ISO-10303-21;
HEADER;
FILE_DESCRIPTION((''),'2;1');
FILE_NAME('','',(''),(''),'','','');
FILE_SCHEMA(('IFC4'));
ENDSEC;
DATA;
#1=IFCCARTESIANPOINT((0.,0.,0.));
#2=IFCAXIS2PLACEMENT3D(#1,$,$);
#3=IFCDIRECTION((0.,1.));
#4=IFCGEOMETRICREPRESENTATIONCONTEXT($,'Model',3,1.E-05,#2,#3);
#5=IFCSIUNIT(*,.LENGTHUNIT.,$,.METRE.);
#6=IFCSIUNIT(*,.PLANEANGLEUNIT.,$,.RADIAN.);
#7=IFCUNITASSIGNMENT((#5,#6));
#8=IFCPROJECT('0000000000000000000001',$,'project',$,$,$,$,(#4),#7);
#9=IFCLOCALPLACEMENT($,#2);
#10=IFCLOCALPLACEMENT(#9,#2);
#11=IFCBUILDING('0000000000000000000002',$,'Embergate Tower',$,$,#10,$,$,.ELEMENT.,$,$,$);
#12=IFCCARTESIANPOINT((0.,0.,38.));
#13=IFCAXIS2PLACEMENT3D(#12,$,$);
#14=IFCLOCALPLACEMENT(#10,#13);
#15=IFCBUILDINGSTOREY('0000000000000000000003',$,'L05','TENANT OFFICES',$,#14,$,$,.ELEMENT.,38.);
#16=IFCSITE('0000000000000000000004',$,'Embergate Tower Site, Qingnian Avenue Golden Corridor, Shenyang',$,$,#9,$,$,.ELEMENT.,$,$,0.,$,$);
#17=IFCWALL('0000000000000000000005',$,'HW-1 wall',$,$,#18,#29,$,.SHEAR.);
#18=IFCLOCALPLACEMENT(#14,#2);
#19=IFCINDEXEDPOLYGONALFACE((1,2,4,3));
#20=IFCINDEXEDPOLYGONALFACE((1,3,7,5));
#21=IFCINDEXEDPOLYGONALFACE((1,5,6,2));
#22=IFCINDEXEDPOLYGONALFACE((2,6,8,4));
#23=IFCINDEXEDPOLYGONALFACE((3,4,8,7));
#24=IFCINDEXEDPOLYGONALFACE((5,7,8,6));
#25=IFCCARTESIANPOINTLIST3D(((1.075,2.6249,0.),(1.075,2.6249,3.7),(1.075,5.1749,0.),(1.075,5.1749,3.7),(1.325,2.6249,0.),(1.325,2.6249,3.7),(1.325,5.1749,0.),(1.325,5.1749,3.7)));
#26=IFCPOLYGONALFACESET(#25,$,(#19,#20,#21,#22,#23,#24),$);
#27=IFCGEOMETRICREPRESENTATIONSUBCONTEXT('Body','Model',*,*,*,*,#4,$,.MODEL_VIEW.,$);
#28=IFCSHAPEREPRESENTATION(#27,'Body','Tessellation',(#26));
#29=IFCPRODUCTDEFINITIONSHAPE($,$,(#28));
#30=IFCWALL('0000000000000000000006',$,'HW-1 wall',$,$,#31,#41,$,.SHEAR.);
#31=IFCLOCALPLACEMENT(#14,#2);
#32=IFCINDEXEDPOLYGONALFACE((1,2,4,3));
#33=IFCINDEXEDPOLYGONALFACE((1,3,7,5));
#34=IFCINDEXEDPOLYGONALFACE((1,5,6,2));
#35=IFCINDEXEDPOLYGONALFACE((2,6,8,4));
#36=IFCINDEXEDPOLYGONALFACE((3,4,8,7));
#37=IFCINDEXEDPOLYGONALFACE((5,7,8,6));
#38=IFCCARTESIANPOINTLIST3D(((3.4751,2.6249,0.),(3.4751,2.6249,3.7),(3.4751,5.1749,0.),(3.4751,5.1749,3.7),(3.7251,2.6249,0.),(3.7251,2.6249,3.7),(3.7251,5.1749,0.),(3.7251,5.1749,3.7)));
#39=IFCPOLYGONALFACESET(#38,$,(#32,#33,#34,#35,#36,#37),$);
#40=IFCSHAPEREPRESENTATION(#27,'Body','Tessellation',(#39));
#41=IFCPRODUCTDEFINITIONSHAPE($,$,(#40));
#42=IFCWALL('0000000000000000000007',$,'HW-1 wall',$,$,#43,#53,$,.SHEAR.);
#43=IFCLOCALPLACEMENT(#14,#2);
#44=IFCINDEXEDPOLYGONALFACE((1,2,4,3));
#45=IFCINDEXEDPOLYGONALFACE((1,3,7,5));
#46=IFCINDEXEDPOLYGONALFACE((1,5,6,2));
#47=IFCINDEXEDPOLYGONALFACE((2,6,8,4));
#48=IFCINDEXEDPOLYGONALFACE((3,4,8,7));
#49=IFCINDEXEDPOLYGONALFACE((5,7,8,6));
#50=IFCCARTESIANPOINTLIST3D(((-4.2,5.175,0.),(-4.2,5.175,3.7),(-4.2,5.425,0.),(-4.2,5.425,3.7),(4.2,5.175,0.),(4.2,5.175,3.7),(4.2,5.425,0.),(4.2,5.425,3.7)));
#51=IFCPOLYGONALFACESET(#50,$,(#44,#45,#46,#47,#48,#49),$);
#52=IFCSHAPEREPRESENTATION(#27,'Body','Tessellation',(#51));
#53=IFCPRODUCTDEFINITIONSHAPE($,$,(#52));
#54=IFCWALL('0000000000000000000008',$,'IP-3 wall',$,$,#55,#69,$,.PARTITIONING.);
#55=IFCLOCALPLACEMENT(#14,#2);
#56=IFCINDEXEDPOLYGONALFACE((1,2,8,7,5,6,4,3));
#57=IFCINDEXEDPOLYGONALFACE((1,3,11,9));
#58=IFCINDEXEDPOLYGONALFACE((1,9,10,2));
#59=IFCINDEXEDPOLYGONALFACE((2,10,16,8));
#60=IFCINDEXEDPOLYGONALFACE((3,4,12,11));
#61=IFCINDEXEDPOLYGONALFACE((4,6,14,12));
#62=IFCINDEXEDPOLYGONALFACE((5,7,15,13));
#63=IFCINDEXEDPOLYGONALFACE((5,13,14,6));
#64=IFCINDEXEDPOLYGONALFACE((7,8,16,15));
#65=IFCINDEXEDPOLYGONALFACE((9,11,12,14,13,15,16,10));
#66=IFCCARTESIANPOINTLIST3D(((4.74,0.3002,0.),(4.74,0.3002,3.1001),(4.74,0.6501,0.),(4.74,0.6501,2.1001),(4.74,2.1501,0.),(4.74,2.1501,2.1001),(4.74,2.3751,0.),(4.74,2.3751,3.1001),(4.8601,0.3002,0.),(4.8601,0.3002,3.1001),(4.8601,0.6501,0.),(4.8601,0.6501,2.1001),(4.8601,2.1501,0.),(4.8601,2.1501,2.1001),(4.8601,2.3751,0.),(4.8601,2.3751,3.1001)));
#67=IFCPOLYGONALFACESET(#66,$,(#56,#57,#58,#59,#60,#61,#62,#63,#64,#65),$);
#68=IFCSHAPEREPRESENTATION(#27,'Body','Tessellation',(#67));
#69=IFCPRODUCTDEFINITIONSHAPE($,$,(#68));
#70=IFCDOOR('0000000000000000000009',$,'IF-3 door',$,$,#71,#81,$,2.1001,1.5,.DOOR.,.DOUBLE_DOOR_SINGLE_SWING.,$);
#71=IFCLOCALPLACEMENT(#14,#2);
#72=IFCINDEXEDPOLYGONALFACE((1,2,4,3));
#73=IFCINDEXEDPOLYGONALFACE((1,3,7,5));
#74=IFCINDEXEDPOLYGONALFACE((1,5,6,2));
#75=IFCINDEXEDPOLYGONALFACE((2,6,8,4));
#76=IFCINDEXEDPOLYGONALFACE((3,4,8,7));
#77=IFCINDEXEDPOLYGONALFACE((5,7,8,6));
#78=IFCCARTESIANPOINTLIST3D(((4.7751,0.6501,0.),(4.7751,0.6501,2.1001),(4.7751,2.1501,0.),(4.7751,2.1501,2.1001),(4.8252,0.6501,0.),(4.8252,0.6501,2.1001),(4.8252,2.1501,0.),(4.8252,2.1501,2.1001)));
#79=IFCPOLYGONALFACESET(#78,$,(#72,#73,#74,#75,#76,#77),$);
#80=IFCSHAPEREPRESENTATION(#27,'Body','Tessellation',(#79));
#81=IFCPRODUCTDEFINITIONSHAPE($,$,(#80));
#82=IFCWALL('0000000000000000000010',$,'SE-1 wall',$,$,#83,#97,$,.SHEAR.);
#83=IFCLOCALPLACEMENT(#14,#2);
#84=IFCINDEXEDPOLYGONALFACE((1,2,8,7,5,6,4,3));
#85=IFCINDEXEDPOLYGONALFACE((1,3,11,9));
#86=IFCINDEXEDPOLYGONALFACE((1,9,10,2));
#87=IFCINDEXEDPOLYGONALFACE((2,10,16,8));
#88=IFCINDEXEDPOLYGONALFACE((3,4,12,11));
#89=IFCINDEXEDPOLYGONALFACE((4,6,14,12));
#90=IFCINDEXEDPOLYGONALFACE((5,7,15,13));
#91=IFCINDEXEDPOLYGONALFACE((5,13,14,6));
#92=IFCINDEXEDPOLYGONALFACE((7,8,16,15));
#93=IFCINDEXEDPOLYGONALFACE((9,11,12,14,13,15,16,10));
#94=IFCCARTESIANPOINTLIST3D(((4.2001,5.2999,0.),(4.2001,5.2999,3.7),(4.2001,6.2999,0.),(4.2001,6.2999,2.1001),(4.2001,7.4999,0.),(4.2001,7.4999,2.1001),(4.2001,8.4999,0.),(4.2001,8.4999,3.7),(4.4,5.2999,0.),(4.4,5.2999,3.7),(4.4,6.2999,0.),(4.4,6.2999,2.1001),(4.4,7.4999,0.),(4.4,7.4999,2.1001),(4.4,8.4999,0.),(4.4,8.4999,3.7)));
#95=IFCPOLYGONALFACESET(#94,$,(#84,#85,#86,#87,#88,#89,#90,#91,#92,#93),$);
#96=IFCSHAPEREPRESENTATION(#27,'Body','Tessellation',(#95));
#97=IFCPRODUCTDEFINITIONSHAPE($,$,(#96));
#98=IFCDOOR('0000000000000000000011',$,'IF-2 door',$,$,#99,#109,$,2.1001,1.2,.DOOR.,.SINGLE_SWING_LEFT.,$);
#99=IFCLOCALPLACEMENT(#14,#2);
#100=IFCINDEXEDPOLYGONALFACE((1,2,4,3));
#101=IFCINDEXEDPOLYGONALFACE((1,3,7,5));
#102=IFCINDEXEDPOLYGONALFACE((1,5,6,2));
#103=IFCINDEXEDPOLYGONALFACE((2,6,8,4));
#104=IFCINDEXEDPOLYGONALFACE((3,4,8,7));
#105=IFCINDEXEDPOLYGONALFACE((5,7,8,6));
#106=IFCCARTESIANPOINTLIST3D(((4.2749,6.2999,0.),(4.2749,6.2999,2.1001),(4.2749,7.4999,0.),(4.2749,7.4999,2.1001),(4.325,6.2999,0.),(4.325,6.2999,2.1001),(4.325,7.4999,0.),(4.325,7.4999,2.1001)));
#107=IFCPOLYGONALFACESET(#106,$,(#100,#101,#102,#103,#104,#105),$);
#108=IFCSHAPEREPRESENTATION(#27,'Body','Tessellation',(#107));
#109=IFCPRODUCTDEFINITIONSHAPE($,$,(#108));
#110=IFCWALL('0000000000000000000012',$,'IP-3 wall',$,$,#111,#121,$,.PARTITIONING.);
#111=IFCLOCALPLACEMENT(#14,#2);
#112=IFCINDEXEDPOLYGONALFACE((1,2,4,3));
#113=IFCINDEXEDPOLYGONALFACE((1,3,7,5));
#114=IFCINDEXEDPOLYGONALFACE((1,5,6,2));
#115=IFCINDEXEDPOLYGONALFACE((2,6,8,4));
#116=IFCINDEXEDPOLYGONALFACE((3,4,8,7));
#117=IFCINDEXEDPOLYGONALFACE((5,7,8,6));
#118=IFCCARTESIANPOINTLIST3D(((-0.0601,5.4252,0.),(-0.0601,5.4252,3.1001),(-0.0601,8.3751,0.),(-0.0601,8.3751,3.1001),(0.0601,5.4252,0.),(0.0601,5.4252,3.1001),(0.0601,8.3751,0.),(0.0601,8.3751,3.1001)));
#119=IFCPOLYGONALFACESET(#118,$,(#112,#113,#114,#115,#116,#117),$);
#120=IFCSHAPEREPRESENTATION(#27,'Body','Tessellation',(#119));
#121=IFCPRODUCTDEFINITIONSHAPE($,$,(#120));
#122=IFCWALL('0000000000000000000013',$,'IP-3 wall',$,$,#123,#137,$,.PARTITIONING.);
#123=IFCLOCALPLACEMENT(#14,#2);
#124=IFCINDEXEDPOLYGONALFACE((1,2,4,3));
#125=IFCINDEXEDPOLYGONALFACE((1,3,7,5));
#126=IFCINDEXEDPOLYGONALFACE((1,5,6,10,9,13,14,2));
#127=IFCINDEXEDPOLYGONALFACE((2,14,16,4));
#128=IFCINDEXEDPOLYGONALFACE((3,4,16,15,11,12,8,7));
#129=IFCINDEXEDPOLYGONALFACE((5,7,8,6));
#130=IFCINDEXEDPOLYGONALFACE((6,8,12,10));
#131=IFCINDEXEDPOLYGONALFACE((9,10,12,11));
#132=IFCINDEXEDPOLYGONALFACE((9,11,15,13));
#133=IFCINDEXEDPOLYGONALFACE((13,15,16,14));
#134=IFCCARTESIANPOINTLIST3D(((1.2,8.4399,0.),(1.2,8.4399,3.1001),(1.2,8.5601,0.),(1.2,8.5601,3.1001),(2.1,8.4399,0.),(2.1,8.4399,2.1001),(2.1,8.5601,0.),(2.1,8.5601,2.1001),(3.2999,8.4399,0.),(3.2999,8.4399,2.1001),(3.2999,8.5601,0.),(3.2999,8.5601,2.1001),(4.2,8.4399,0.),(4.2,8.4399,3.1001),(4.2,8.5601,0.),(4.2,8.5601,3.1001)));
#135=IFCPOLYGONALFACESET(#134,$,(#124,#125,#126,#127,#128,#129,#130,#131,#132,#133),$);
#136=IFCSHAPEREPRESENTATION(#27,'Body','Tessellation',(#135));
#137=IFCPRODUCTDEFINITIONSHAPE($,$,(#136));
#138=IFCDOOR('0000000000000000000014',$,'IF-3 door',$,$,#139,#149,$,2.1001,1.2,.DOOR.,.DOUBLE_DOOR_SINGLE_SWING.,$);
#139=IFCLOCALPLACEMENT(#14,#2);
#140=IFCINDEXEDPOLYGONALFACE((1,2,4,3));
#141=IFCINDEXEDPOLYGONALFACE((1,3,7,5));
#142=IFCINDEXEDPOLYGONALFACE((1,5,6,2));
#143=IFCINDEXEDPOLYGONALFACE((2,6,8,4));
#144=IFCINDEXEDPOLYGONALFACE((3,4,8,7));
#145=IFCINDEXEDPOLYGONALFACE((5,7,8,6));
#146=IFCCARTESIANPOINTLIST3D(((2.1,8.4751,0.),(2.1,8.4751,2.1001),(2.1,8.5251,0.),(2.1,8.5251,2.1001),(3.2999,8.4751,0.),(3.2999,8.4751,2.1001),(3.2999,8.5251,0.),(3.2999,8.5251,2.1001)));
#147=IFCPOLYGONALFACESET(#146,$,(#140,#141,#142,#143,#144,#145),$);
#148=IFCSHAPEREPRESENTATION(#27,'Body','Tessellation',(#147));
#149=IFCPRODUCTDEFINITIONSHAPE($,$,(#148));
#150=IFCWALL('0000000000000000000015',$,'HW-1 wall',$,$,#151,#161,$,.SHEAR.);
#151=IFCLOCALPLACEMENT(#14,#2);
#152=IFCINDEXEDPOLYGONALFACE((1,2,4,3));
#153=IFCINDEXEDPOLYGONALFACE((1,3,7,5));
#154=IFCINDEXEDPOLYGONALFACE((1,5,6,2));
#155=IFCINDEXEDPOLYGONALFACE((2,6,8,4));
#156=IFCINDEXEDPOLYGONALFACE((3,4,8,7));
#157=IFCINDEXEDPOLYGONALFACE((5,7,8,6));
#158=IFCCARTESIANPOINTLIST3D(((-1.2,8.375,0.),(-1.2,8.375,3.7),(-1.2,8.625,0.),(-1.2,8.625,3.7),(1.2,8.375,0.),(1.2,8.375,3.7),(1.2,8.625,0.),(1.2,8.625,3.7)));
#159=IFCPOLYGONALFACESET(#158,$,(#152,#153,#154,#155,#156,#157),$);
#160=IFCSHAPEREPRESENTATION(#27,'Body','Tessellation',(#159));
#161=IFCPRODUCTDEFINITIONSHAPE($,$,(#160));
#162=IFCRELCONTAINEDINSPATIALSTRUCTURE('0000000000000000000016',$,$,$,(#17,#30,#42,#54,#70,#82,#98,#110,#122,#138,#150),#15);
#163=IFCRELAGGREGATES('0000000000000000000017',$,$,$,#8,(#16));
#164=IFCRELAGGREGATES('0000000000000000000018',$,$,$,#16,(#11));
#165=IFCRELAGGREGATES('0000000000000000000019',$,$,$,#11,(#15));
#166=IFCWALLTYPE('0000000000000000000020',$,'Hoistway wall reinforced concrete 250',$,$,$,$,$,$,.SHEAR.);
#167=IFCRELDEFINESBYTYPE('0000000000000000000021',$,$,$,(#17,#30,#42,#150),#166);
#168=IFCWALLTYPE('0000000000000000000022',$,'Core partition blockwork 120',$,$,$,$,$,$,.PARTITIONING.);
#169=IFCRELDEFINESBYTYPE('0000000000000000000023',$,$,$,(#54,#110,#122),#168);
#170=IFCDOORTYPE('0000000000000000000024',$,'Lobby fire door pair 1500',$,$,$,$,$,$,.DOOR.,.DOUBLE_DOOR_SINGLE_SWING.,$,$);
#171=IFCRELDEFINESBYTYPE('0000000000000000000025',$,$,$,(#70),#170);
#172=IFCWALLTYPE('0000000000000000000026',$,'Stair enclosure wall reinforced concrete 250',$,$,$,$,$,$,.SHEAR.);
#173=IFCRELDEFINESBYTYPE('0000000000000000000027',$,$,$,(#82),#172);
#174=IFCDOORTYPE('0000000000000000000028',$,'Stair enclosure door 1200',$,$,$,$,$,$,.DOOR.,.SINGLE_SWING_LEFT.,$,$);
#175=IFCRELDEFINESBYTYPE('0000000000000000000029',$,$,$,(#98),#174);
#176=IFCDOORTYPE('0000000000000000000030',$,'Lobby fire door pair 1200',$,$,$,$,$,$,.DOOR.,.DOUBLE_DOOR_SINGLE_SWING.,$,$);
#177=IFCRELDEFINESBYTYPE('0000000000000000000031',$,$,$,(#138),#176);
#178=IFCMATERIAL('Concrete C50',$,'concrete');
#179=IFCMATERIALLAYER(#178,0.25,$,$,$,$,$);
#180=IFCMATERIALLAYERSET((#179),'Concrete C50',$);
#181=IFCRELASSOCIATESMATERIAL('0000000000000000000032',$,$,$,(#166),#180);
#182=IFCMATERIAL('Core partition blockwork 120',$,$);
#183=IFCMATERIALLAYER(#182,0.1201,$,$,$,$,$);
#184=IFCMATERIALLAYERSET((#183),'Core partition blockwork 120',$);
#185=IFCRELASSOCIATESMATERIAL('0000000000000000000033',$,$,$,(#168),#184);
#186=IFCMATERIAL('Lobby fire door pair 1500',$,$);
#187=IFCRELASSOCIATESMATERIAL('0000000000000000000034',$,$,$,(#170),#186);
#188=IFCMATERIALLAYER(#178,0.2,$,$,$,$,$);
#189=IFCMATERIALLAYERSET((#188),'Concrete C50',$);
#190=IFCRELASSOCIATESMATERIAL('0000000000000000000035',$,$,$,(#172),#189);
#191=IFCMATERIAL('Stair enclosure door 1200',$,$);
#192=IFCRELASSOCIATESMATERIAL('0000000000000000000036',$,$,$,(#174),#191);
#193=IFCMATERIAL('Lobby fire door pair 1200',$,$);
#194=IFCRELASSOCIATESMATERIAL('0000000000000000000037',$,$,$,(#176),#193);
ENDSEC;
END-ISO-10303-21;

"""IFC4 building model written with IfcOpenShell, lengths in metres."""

from ifc_helpers import new_model, si_unit, direction, frame, frame_2d, origin, place, context, subcontext, project, spatial, rectangle, extrude, source, transform, mapped, material, layer, layer_set, type_object, element, fill, save


model = new_model("IFC4")

# Units and contexts
model_context = context("Model", 3, precision=1e-05, world=origin(), true_north=direction((0.0, 1.0)))
body_context = subcontext(model_context, "Body", "Model", "MODEL_VIEW")
ifc_project = project(units=[si_unit("LENGTHUNIT", "METRE"), si_unit("PLANEANGLEUNIT", "RADIAN")], contexts=[model_context])

# Site, building, storey
site_placement = place(None, origin())
site = spatial("IfcSite", under=ifc_project, at=site_placement, Name="Embergate Tower Site, Qingnian Avenue Golden Corridor, Shenyang", CompositionType="ELEMENT", RefElevation=0.0)
building_placement = place(site_placement, origin())
building = spatial("IfcBuilding", under=site, at=building_placement, Name="Embergate Tower", CompositionType="ELEMENT")
storey_placement = place(building_placement, frame((0.0, 0.0, 38.0)))
storey = spatial("IfcBuildingStorey", under=building, at=storey_placement, Name="L05", Description="TENANT OFFICES", CompositionType="ELEMENT", Elevation=38.0)

# Walls
ifc_material_1 = material(Name="Concrete C50", Category="concrete")
ifc_layer_1 = layer(ifc_material_1, 0.25)
ifc_layer_set_1 = layer_set([ifc_layer_1], Name="Concrete C50")
wall_type_1 = type_object("IfcWallType", Name="Hoistway wall reinforced concrete 250", PredefinedType="SHEAR", material=ifc_layer_set_1)
shared_shape_1 = source(origin(), body_context, "Body", "SweptSolid", [
    extrude(rectangle(XDim=2.55, YDim=0.25, at=frame_2d((1.2749, 0.0))), origin(), (0.0, 0.0, 1.0), 3.7),
])
for number, where, z_axis, x_axis, name in (
    (1, (1.2, 2.625, 0.0), (0.0, 0.0, 1.0), (0.0, 1.0, 0.0), "HW-1 wall"),
    (2, (3.6001, 2.625, 0.0), (0.0, 0.0, 1.0), (0.0, 1.0, 0.0), "HW-1 wall"),
):
    element("IfcWall", number, at=place(storey_placement, frame(where, z_axis=z_axis, x_axis=x_axis)), inside=storey, type_object=wall_type_1, Name=name, PredefinedType="SHEAR", context=body_context, shape_type="MappedRepresentation", body=[
        mapped(shared_shape_1, transform((0.0, 0.0, 0.0))),
    ])
shared_shape_2 = source(origin(), body_context, "Body", "SweptSolid", [
    extrude(rectangle(XDim=8.3999, YDim=0.25, at=frame_2d((4.2, 0.0))), origin(), (0.0, 0.0, 1.0), 3.7),
])
wall_1_placement = place(storey_placement, frame((4.2, 5.3, 0.0), z_axis=(0.0, 0.0, 1.0), x_axis=(-1.0, 0.0, 0.0)))
element("IfcWall", 3, at=wall_1_placement, inside=storey, type_object=wall_type_1, Name="HW-1 wall", PredefinedType="SHEAR", context=body_context, shape_type="MappedRepresentation", body=[
    mapped(shared_shape_2, transform((0.0, 0.0, 0.0))),
])

# Walls, openings, doors
ifc_material_2 = material(Name="Core partition blockwork 120")
ifc_layer_2 = layer(ifc_material_2, 0.1201)
ifc_layer_set_2 = layer_set([ifc_layer_2], Name="Core partition blockwork 120")
wall_type_2 = type_object("IfcWallType", Name="Core partition blockwork 120", PredefinedType="PARTITIONING", material=ifc_layer_set_2)
shared_shape_3 = source(origin(), body_context, "Body", "SweptSolid", [
    extrude(rectangle(XDim=2.075, YDim=0.1201, at=frame_2d((1.0376, 0.0))), origin(), (0.0, 0.0, 1.0), 3.1001),
])
wall_2_placement = place(storey_placement, frame((4.8, 0.3, 0.0), z_axis=(0.0, 0.0, 1.0), x_axis=(0.0, 1.0, 0.0)))
wall_2 = element("IfcWall", 4, at=wall_2_placement, inside=storey, type_object=wall_type_2, Name="IP-3 wall", PredefinedType="PARTITIONING", context=body_context, shape_type="MappedRepresentation", body=[
    mapped(shared_shape_3, transform((0.0, 0.0, 0.0))),
])
shared_shape_4 = source(origin(), body_context, "Body", "SweptSolid", [
    extrude(rectangle(XDim=1.5, YDim=2.1001, at=frame_2d((0.75, 1.05))), frame((0.0, 0.0701, 0.0), z_axis=(0.0, -1.0, 0.0), x_axis=(1.0, 0.0, 0.0)), (0.0, 0.0, 1.0), 0.1401),
])
opening_1_placement = place(wall_2_placement, frame((0.3501, 0.0, 0.0)))
opening_1 = element("IfcOpeningElement", 5, at=opening_1_placement, cuts=wall_2, PredefinedType="OPENING", context=body_context, shape_type="MappedRepresentation", body=[
    mapped(shared_shape_4, transform((0.0, 0.0, 0.0))),
])
ifc_material_3 = material(Name="Lobby fire door pair 1500")
door_type_1 = type_object("IfcDoorType", Name="Lobby fire door pair 1500", OperationType="DOUBLE_DOOR_SINGLE_SWING", PredefinedType="DOOR", material=ifc_material_3)
shared_shape_5 = source(origin(), body_context, "Body", "SweptSolid", [
    extrude(rectangle(XDim=1.5, YDim=2.1001, at=frame_2d((0.75, 1.05))), frame((0.0, 0.0249, 0.0), z_axis=(0.0, -1.0, 0.0), x_axis=(1.0, 0.0, 0.0)), (0.0, 0.0, 1.0), 0.05),
])
door_1_placement = place(opening_1_placement, origin())
door_1 = element("IfcDoor", 6, at=door_1_placement, inside=storey, type_object=door_type_1, Name="IF-3 door", OperationType="DOUBLE_DOOR_SINGLE_SWING", OverallHeight=2.1001, OverallWidth=1.5, PredefinedType="DOOR", context=body_context, shape_type="MappedRepresentation", body=[
    mapped(shared_shape_5, transform((0.0, 0.0, 0.0))),
])
fill(opening_1, door_1)
ifc_layer_3 = layer(ifc_material_1, 0.2)
ifc_layer_set_3 = layer_set([ifc_layer_3], Name="Concrete C50")
wall_type_3 = type_object("IfcWallType", Name="Stair enclosure wall reinforced concrete 250", PredefinedType="SHEAR", material=ifc_layer_set_3)
shared_shape_6 = source(origin(), body_context, "Body", "SweptSolid", [
    extrude(rectangle(XDim=3.2, YDim=0.2, at=frame_2d((1.6001, 0.0))), origin(), (0.0, 0.0, 1.0), 3.7),
])
wall_3_placement = place(storey_placement, frame((4.3, 8.5, 0.0), z_axis=(0.0, 0.0, 1.0), x_axis=(0.0, -1.0, 0.0)))
wall_3 = element("IfcWall", 7, at=wall_3_placement, inside=storey, type_object=wall_type_3, Name="SE-1 wall", PredefinedType="SHEAR", context=body_context, shape_type="MappedRepresentation", body=[
    mapped(shared_shape_6, transform((0.0, 0.0, 0.0))),
])
shared_shape_7 = source(origin(), body_context, "Body", "SweptSolid", [
    extrude(rectangle(XDim=1.2, YDim=2.1001, at=frame_2d((0.6001, 1.05))), frame((0.0, 0.1099, 0.0), z_axis=(0.0, -1.0, 0.0), x_axis=(1.0, 0.0, 0.0)), (0.0, 0.0, 1.0), 0.22),
])
opening_2_placement = place(wall_3_placement, frame((1.0, 0.0, 0.0)))
opening_2 = element("IfcOpeningElement", 8, at=opening_2_placement, cuts=wall_3, PredefinedType="OPENING", context=body_context, shape_type="MappedRepresentation", body=[
    mapped(shared_shape_7, transform((0.0, 0.0, 0.0))),
])
ifc_material_4 = material(Name="Stair enclosure door 1200")
door_type_2 = type_object("IfcDoorType", Name="Stair enclosure door 1200", OperationType="SINGLE_SWING_LEFT", PredefinedType="DOOR", material=ifc_material_4)
shared_shape_8 = source(origin(), body_context, "Body", "SweptSolid", [
    extrude(rectangle(XDim=1.2, YDim=2.1001, at=frame_2d((0.6001, 1.05))), frame((0.0, 0.0249, 0.0), z_axis=(0.0, -1.0, 0.0), x_axis=(1.0, 0.0, 0.0)), (0.0, 0.0, 1.0), 0.05),
])
door_2_placement = place(opening_2_placement, origin())
door_2 = element("IfcDoor", 9, at=door_2_placement, inside=storey, type_object=door_type_2, Name="IF-2 door", OperationType="SINGLE_SWING_LEFT", OverallHeight=2.1001, OverallWidth=1.2, PredefinedType="DOOR", context=body_context, shape_type="MappedRepresentation", body=[
    mapped(shared_shape_8, transform((0.0, 0.0, 0.0))),
])
fill(opening_2, door_2)

# Wall
shared_shape_9 = source(origin(), body_context, "Body", "SweptSolid", [
    extrude(rectangle(XDim=2.95, YDim=0.1201, at=frame_2d((1.4751, 0.0))), origin(), (0.0, 0.0, 1.0), 3.1001),
])
wall_4_placement = place(storey_placement, frame((0.0, 5.425, 0.0), z_axis=(0.0, 0.0, 1.0), x_axis=(0.0, 1.0, 0.0)))
element("IfcWall", 10, at=wall_4_placement, inside=storey, type_object=wall_type_2, Name="IP-3 wall", PredefinedType="PARTITIONING", context=body_context, shape_type="MappedRepresentation", body=[
    mapped(shared_shape_9, transform((0.0, 0.0, 0.0))),
])

# Wall, opening, door
shared_shape_10 = source(origin(), body_context, "Body", "SweptSolid", [
    extrude(rectangle(XDim=3.0, YDim=0.1201, at=frame_2d((1.5, 0.0))), origin(), (0.0, 0.0, 1.0), 3.1001),
])
wall_5_placement = place(storey_placement, frame((4.2, 8.5, 0.0), z_axis=(0.0, 0.0, 1.0), x_axis=(-1.0, 0.0, 0.0)))
wall_5 = element("IfcWall", 11, at=wall_5_placement, inside=storey, type_object=wall_type_2, Name="IP-3 wall", PredefinedType="PARTITIONING", context=body_context, shape_type="MappedRepresentation", body=[
    mapped(shared_shape_10, transform((0.0, 0.0, 0.0))),
])
shared_shape_11 = source(origin(), body_context, "Body", "SweptSolid", [
    extrude(rectangle(XDim=1.2, YDim=2.1001, at=frame_2d((0.6001, 1.05))), frame((0.0, 0.0701, 0.0), z_axis=(0.0, -1.0, 0.0), x_axis=(1.0, 0.0, 0.0)), (0.0, 0.0, 1.0), 0.1401),
])
opening_3_placement = place(wall_5_placement, frame((0.8999, 0.0, 0.0)))
opening_3 = element("IfcOpeningElement", 12, at=opening_3_placement, cuts=wall_5, PredefinedType="OPENING", context=body_context, shape_type="MappedRepresentation", body=[
    mapped(shared_shape_11, transform((0.0, 0.0, 0.0))),
])
ifc_material_5 = material(Name="Lobby fire door pair 1200")
door_type_3 = type_object("IfcDoorType", Name="Lobby fire door pair 1200", OperationType="DOUBLE_DOOR_SINGLE_SWING", PredefinedType="DOOR", material=ifc_material_5)
door_3_placement = place(opening_3_placement, origin())
door_3 = element("IfcDoor", 13, at=door_3_placement, inside=storey, type_object=door_type_3, Name="IF-3 door", OperationType="DOUBLE_DOOR_SINGLE_SWING", OverallHeight=2.1001, OverallWidth=1.2, PredefinedType="DOOR", context=body_context, shape_type="MappedRepresentation", body=[
    mapped(shared_shape_8, transform((0.0, 0.0, 0.0))),
])
fill(opening_3, door_3)

# Wall
shared_shape_12 = source(origin(), body_context, "Body", "SweptSolid", [
    extrude(rectangle(XDim=2.3999, YDim=0.25, at=frame_2d((1.2, 0.0))), origin(), (0.0, 0.0, 1.0), 3.7),
])
wall_6_placement = place(storey_placement, frame((1.2, 8.5, 0.0), z_axis=(0.0, 0.0, 1.0), x_axis=(-1.0, 0.0, 0.0)))
element("IfcWall", 14, at=wall_6_placement, inside=storey, type_object=wall_type_1, Name="HW-1 wall", PredefinedType="SHEAR", context=body_context, shape_type="MappedRepresentation", body=[
    mapped(shared_shape_12, transform((0.0, 0.0, 0.0))),
])

save(model, "model.ifc")
